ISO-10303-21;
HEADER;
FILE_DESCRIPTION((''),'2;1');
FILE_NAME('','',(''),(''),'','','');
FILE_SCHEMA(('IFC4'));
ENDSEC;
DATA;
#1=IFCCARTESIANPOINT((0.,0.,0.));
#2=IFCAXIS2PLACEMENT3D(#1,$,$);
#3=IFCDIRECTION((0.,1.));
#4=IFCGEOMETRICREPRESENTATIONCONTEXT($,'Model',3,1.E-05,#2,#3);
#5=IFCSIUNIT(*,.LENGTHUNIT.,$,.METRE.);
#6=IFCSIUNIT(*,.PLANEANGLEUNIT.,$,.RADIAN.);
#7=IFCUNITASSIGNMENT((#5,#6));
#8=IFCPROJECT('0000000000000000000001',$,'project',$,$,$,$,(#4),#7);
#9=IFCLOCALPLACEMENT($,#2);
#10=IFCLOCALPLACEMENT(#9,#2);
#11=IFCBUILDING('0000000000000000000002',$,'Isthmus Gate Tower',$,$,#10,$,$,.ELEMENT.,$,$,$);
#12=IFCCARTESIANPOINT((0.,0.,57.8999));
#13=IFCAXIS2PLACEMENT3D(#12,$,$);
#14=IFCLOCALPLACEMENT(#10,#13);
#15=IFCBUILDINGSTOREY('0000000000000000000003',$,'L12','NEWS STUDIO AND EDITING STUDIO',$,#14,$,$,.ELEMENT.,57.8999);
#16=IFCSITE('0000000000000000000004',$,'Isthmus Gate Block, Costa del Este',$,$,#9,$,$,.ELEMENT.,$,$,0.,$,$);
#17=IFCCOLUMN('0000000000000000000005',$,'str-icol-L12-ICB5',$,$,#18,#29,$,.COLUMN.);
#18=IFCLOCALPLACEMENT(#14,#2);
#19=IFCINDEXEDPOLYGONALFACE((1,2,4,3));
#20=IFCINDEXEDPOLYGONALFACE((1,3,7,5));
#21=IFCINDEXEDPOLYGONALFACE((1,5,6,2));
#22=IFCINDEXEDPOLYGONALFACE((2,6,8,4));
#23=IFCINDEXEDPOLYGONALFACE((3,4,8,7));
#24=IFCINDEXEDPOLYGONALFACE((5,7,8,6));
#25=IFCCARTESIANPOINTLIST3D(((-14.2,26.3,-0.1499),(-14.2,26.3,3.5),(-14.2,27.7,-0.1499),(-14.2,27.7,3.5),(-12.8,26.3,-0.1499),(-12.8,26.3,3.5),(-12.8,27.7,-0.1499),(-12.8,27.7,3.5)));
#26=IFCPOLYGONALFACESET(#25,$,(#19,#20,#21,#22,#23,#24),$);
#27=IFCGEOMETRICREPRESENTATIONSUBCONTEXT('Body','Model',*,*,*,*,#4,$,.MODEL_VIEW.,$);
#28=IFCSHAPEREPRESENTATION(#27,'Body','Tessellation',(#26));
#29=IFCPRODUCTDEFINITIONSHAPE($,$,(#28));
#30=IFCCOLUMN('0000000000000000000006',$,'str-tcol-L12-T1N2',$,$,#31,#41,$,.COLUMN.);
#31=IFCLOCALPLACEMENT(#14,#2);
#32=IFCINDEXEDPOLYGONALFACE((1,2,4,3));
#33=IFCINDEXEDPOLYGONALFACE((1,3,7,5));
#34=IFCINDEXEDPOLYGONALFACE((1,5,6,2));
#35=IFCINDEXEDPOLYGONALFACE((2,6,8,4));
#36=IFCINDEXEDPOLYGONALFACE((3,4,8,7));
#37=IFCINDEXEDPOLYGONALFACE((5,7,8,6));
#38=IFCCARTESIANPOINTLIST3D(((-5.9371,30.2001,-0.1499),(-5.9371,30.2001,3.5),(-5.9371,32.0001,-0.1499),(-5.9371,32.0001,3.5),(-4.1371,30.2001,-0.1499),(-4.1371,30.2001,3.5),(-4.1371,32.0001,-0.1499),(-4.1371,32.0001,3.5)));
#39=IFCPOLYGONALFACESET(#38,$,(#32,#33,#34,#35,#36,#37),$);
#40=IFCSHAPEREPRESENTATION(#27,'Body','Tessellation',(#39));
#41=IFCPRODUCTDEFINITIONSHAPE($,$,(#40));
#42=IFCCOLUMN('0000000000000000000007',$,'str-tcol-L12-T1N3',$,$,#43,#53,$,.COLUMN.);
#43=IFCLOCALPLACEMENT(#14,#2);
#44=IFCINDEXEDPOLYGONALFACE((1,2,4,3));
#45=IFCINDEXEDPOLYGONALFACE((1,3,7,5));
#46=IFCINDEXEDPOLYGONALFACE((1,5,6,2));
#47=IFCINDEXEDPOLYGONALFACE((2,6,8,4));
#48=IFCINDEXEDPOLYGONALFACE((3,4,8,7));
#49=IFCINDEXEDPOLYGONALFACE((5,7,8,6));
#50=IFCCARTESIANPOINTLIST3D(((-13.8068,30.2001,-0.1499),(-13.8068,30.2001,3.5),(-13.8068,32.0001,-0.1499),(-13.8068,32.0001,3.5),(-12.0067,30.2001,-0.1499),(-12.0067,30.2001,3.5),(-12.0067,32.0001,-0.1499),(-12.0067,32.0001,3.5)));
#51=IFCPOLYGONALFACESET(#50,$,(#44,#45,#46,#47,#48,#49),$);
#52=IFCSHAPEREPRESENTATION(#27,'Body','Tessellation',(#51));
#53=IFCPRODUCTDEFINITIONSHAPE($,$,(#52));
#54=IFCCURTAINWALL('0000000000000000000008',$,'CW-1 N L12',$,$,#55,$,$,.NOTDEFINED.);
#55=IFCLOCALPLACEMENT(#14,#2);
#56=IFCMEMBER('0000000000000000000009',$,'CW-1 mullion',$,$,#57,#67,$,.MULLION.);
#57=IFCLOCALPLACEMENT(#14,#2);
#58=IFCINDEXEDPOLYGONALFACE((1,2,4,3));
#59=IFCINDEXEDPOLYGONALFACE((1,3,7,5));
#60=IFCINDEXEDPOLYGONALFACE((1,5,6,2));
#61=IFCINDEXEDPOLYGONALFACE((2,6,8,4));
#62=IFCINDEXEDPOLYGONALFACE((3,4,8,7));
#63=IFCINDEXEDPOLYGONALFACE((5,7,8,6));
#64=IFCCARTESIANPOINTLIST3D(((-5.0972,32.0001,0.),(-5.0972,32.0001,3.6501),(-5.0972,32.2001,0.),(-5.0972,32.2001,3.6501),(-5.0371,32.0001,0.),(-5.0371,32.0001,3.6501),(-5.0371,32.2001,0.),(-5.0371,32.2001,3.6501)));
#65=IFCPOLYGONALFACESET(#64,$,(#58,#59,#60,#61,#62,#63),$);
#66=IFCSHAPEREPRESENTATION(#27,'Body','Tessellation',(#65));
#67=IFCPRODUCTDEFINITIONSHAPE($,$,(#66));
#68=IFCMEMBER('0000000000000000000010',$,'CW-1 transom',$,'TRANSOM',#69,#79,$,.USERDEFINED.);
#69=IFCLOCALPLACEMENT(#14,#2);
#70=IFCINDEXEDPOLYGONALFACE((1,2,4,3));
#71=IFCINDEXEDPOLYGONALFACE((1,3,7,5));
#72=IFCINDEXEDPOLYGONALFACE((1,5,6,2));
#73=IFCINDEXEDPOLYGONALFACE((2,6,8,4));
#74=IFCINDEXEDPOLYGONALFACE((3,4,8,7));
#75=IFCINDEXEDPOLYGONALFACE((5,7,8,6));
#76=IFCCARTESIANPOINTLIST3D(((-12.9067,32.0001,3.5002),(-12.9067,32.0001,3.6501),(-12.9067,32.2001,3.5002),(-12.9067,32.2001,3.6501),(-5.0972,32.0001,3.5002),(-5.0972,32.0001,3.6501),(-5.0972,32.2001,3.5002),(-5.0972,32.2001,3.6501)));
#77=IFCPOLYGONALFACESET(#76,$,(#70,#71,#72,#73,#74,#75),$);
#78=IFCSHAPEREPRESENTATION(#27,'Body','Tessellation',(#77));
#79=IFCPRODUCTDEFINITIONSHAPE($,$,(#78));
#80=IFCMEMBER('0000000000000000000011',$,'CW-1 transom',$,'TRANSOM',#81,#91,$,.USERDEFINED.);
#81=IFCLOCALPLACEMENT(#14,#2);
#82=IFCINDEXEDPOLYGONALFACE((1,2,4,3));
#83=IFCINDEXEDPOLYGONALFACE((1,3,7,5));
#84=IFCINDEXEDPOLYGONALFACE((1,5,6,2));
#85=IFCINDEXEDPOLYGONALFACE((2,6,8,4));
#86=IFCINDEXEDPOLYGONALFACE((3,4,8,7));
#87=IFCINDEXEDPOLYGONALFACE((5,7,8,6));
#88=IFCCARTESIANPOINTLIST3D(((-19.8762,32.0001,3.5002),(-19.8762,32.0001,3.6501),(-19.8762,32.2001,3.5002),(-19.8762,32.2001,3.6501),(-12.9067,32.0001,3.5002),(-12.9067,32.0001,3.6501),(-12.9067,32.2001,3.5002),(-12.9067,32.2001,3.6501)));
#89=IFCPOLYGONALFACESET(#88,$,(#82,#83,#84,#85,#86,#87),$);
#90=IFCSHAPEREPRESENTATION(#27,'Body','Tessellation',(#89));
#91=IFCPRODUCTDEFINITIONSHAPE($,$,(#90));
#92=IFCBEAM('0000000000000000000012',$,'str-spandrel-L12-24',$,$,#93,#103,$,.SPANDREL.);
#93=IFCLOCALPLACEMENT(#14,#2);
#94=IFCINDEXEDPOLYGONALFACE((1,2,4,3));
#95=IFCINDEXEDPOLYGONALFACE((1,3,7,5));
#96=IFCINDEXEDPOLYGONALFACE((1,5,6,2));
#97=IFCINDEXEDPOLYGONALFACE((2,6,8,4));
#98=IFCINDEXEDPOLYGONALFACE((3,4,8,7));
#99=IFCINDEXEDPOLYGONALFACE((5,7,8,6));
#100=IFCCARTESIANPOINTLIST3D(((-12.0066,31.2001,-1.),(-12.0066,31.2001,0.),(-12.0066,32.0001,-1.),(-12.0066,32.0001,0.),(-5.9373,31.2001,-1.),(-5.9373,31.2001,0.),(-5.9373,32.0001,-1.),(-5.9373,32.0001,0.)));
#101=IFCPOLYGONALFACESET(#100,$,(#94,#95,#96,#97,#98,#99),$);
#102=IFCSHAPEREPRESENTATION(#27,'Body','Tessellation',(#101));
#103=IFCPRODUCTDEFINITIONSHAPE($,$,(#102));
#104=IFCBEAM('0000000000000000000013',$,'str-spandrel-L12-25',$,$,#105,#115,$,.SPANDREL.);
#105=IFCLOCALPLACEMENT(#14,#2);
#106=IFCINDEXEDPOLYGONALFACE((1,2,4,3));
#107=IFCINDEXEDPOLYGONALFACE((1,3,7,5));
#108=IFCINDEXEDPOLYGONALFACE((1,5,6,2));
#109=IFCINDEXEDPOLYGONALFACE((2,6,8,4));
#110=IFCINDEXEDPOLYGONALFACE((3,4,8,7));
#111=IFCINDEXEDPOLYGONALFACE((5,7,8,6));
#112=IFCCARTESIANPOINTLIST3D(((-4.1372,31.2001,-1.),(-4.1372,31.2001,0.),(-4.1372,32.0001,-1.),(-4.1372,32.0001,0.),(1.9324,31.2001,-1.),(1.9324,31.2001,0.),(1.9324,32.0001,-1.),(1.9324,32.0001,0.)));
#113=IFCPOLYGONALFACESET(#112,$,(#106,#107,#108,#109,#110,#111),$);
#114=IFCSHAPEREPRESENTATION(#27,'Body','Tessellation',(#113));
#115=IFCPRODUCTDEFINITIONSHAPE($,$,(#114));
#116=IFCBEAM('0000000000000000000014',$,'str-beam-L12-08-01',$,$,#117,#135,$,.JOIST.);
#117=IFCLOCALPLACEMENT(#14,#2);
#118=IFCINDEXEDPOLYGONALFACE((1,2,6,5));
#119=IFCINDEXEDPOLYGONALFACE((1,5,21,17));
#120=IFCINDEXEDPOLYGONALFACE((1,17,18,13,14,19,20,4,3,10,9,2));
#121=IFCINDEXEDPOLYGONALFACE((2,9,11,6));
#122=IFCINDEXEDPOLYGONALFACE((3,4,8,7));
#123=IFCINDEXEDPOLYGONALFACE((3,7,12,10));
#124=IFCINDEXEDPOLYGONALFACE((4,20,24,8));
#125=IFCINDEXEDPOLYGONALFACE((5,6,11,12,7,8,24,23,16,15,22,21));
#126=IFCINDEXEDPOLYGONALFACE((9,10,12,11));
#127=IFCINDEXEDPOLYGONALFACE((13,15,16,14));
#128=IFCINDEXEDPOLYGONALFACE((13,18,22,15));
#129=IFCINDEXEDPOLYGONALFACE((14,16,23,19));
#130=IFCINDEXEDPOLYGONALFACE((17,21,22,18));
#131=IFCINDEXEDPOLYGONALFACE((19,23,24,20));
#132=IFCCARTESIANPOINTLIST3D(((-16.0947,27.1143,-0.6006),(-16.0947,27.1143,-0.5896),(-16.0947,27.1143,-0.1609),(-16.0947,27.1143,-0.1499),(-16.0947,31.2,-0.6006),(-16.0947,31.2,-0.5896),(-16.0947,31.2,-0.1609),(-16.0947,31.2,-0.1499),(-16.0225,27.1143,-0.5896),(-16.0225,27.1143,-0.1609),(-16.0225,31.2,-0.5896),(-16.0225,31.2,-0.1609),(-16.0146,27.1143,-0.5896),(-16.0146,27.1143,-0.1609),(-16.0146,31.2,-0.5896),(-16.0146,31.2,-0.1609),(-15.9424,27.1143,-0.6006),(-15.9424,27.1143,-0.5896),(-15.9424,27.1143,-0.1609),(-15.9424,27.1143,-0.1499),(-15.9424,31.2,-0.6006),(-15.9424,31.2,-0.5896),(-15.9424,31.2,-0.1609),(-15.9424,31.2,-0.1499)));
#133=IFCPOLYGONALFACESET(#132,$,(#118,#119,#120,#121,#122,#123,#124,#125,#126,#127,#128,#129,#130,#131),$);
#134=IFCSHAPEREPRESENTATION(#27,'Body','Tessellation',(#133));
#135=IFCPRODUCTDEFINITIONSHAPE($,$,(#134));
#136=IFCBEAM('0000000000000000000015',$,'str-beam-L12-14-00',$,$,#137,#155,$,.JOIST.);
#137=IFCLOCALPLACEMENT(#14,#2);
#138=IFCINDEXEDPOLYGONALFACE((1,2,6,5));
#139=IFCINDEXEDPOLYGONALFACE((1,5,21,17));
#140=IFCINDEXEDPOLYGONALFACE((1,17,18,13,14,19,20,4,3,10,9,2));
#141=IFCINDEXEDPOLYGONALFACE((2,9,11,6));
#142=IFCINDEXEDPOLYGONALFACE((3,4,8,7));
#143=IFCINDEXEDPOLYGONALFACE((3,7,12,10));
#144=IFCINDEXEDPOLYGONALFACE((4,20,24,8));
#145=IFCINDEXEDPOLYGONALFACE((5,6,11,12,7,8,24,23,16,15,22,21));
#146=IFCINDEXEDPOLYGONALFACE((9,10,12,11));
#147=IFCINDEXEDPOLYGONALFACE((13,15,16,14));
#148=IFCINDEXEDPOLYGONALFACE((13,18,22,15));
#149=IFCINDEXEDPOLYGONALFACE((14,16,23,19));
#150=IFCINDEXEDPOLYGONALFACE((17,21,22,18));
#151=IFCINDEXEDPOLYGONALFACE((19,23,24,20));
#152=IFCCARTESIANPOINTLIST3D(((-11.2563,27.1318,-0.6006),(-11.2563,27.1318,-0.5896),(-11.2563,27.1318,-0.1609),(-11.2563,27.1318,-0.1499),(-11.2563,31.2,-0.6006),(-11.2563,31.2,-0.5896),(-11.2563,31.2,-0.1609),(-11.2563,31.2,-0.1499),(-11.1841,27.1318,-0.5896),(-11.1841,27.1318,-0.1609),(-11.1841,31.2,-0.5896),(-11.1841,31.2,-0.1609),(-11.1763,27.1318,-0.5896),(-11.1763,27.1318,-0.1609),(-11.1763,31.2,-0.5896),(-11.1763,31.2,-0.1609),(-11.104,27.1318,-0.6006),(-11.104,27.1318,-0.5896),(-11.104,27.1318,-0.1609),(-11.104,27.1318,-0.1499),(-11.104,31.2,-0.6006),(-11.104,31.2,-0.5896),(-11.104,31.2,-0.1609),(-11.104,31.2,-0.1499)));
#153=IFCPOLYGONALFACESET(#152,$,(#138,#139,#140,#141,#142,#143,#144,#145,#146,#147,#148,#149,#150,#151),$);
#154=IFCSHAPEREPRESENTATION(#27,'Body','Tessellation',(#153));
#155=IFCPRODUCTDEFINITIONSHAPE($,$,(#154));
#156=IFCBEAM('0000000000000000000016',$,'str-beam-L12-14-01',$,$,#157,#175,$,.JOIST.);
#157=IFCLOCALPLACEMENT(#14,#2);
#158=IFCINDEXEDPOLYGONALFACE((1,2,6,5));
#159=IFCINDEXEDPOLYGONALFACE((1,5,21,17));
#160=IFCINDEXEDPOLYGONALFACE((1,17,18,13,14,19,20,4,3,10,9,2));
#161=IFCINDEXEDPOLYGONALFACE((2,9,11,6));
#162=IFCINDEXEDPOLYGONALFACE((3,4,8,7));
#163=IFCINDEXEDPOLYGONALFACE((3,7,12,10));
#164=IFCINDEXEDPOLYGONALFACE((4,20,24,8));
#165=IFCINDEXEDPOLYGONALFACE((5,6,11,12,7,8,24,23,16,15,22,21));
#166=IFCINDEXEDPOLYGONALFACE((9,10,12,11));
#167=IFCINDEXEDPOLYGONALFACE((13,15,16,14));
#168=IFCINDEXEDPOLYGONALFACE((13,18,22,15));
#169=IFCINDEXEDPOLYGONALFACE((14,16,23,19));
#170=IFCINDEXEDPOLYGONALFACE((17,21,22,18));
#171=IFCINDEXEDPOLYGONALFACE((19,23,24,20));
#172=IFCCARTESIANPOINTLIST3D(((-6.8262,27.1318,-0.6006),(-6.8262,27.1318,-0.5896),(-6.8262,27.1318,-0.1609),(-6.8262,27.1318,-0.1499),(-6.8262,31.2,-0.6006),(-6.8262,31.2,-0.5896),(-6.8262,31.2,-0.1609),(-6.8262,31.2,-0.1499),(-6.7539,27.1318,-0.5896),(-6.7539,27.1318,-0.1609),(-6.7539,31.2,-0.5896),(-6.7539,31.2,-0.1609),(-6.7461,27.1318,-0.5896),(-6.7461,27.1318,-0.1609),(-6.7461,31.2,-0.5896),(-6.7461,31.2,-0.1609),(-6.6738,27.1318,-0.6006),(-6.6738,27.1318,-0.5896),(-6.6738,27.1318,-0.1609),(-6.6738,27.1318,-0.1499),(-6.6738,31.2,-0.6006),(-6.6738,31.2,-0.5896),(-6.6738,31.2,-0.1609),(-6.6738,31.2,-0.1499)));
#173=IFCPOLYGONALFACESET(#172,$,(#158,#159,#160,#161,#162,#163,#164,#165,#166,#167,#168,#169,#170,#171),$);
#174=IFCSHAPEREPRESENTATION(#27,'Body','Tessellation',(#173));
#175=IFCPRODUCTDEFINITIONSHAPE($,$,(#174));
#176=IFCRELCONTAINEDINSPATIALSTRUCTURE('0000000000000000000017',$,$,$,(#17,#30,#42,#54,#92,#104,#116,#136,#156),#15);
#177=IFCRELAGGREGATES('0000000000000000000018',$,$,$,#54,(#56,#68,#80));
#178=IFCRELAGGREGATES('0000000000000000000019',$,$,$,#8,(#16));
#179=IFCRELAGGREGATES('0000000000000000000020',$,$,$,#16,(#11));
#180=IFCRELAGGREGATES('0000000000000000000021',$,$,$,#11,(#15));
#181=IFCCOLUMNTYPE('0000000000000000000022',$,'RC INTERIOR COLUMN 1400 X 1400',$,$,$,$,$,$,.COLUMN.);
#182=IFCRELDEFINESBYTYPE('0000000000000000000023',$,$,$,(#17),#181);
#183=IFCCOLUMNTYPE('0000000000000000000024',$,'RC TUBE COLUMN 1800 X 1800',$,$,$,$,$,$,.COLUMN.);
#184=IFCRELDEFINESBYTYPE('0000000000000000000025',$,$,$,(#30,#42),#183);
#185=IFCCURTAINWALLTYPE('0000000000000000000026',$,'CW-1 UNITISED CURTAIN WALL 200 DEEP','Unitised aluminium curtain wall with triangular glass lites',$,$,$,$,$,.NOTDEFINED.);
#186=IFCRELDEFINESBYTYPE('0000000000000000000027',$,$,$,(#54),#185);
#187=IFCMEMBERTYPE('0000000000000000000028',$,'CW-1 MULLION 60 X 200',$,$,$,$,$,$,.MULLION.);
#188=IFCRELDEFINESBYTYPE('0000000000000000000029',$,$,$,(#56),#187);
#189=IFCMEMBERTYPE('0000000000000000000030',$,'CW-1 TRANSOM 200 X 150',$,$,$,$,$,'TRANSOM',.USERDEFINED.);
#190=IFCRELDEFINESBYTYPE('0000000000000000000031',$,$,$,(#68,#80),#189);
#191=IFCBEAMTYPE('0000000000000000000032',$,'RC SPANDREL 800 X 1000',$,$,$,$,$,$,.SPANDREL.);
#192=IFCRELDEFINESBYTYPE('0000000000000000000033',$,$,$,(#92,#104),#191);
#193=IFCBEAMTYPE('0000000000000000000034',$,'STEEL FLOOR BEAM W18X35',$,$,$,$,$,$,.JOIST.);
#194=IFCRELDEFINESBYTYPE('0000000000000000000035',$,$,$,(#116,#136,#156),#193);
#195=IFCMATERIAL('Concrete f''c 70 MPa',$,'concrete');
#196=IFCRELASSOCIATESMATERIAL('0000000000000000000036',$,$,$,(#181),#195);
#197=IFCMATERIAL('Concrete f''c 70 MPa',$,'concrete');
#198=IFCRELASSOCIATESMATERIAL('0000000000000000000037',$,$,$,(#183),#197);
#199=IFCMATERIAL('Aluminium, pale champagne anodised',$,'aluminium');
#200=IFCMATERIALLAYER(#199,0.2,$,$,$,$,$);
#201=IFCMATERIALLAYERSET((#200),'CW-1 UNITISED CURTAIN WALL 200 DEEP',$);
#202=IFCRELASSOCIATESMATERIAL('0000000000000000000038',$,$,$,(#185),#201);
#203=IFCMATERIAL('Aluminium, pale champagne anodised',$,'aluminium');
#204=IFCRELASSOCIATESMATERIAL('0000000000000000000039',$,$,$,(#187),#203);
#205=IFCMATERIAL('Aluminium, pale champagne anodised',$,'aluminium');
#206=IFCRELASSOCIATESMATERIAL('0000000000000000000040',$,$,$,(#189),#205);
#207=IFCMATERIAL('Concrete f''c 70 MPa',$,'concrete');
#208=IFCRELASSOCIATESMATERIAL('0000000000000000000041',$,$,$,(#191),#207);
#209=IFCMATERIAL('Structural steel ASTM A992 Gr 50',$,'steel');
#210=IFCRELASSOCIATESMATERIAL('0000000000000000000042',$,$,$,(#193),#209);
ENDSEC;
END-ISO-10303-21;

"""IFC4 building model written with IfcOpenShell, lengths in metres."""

from ifc_helpers import new_model, si_unit, direction, frame, origin, origin_2d, place, context, subcontext, project, spatial, rectangle, i_section, extrude, material, layer, layer_set, material_profile, profile_set, type_object, element, aggregate, save


model = new_model("IFC4")

# Units and contexts
model_context = context("Model", 3, precision=1e-05, world=origin(), true_north=direction((0.0, 1.0)))
body_context = subcontext(model_context, "Body", "Model", "MODEL_VIEW")
ifc_project = project(units=[si_unit("LENGTHUNIT", "METRE"), si_unit("PLANEANGLEUNIT", "RADIAN")], contexts=[model_context])

# Site, building, storey
site_placement = place(None, origin())
site = spatial("IfcSite", under=ifc_project, at=site_placement, Name="Isthmus Gate Block, Costa del Este", CompositionType="ELEMENT", RefElevation=0.0)
building_placement = place(site_placement, origin())
building = spatial("IfcBuilding", under=site, at=building_placement, Name="Isthmus Gate Tower", CompositionType="ELEMENT")
storey_placement = place(building_placement, frame((0.0, 0.0, 57.8999)))
storey = spatial("IfcBuildingStorey", under=building, at=storey_placement, Name="L12", Description="NEWS STUDIO AND EDITING STUDIO", CompositionType="ELEMENT", Elevation=57.8999)

# Columns
ifc_material_1 = material(Name="Concrete f'c 70 MPa", Category="concrete")
ifc_material_profile_1 = material_profile(ifc_material_1, rectangle(XDim=1.3999, YDim=1.3999, at=origin_2d()), Name="RC 1400X1400")
ifc_profile_set_1 = profile_set([ifc_material_profile_1], Name="Concrete f'c 70 MPa")
column_type_1 = type_object("IfcColumnType", Name="RC INTERIOR COLUMN 1400 X 1400", PredefinedType="COLUMN", material=ifc_profile_set_1)
column_placement = place(storey_placement, frame((-13.5, 27.0, -0.1499), z_axis=(0.0, 0.0, 1.0), x_axis=(1.0, 0.0, 0.0)))
element("IfcColumn", 1, at=column_placement, inside=storey, type_object=column_type_1, Name="str-icol-L12-ICB5", PredefinedType="COLUMN", context=body_context, shape_type="SweptSolid", body=[
    extrude(rectangle(XDim=1.3999, YDim=1.3999, at=origin_2d()), origin(), (0.0, 0.0, 1.0), 3.6499),
])
ifc_material_2 = material(Name="Concrete f'c 70 MPa", Category="concrete")
ifc_material_profile_2 = material_profile(ifc_material_2, rectangle(XDim=1.8, YDim=1.8, at=origin_2d()), Name="RC 1800X1800")
ifc_profile_set_2 = profile_set([ifc_material_profile_2], Name="Concrete f'c 70 MPa")
column_type_2 = type_object("IfcColumnType", Name="RC TUBE COLUMN 1800 X 1800", PredefinedType="COLUMN", material=ifc_profile_set_2)
for number, where, z_axis, x_axis, name in (
    (2, (-5.0371, 31.1001, -0.1499), (0.0, 0.0, 1.0), (-1.0, 0.0, 0.0), "str-tcol-L12-T1N2"),
    (3, (-12.9067, 31.1001, -0.1499), (0.0, 0.0, 1.0), (-1.0, 0.0, 0.0), "str-tcol-L12-T1N3"),
):
    element("IfcColumn", number, at=place(storey_placement, frame(where, z_axis=z_axis, x_axis=x_axis)), inside=storey, type_object=column_type_2, Name=name, PredefinedType="COLUMN", context=body_context, shape_type="SweptSolid", body=[
        extrude(rectangle(XDim=1.8, YDim=1.8, at=origin_2d()), origin(), (0.0, 0.0, 1.0), 3.6499),
    ])

# Curtain wall, members
ifc_material_3 = material(Name="Aluminium, pale champagne anodised", Category="aluminium")
ifc_layer_1 = layer(ifc_material_3, 0.2)
ifc_layer_set_1 = layer_set([ifc_layer_1], Name="CW-1 UNITISED CURTAIN WALL 200 DEEP")
curtain_wall_type = type_object("IfcCurtainWallType", Name="CW-1 UNITISED CURTAIN WALL 200 DEEP", Description="Unitised aluminium curtain wall with triangular glass lites", PredefinedType="NOTDEFINED", material=ifc_layer_set_1)
curtain_wall_placement = place(storey_placement, origin())
curtain_wall = element("IfcCurtainWall", 4, at=curtain_wall_placement, inside=storey, type_object=curtain_wall_type, Name="CW-1 N L12", PredefinedType="NOTDEFINED")
ifc_material_4 = material(Name="Aluminium, pale champagne anodised", Category="aluminium")
ifc_material_profile_3 = material_profile(ifc_material_4, rectangle(XDim=0.0601, YDim=0.2, at=origin_2d()), Name="60x200")
ifc_profile_set_3 = profile_set([ifc_material_profile_3], Name="Aluminium, pale champagne anodised")
member_type_1 = type_object("IfcMemberType", Name="CW-1 MULLION 60 X 200", PredefinedType="MULLION", material=ifc_profile_set_3)
member_1_placement = place(storey_placement, frame((-5.0671, 32.1001, 0.0), z_axis=(0.0, 0.0, 1.0), x_axis=(-1.0, 0.0, 0.0)))
member_1 = element("IfcMember", 5, at=member_1_placement, type_object=member_type_1, Name="CW-1 mullion", PredefinedType="MULLION", context=body_context, shape_type="SweptSolid", body=[
    extrude(rectangle(XDim=0.0601, YDim=0.2, at=origin_2d()), origin(), (0.0, 0.0, 1.0), 3.6501),
])
ifc_material_5 = material(Name="Aluminium, pale champagne anodised", Category="aluminium")
ifc_material_profile_4 = material_profile(ifc_material_5, rectangle(XDim=0.2, YDim=0.1499, at=origin_2d()), Name="200x150")
ifc_profile_set_4 = profile_set([ifc_material_profile_4], Name="Aluminium, pale champagne anodised")
member_type_2 = type_object("IfcMemberType", Name="CW-1 TRANSOM 200 X 150", ElementType="TRANSOM", PredefinedType="USERDEFINED", material=ifc_profile_set_4)
member_2_placement = place(storey_placement, frame((-5.0972, 32.1001, 3.5752), z_axis=(-1.0, 0.0, 0.0), x_axis=(0.0, -1.0, 0.0)))
member_2 = element("IfcMember", 6, at=member_2_placement, type_object=member_type_2, Name="CW-1 transom", ObjectType="TRANSOM", PredefinedType="USERDEFINED", context=body_context, shape_type="SweptSolid", body=[
    extrude(rectangle(XDim=0.2, YDim=0.1499, at=origin_2d()), origin(), (0.0, 0.0, 1.0), 7.8096),
])
member_3_placement = place(storey_placement, frame((-12.9067, 32.1001, 3.5752), z_axis=(-1.0, 0.0, 0.0), x_axis=(0.0, -1.0, 0.0)))
member_3 = element("IfcMember", 7, at=member_3_placement, type_object=member_type_2, Name="CW-1 transom", ObjectType="TRANSOM", PredefinedType="USERDEFINED", context=body_context, shape_type="SweptSolid", body=[
    extrude(rectangle(XDim=0.2, YDim=0.1499, at=origin_2d()), origin(), (0.0, 0.0, 1.0), 6.9695),
])

# Beams
ifc_material_6 = material(Name="Concrete f'c 70 MPa", Category="concrete")
ifc_material_profile_5 = material_profile(ifc_material_6, rectangle(XDim=0.8, YDim=1.0, at=origin_2d()), Name="RC 800X1000")
ifc_profile_set_5 = profile_set([ifc_material_profile_5], Name="Concrete f'c 70 MPa")
beam_type_1 = type_object("IfcBeamType", Name="RC SPANDREL 800 X 1000", PredefinedType="SPANDREL", material=ifc_profile_set_5)
beam_1_placement = place(storey_placement, frame((-12.0066, 31.6001, -0.5), z_axis=(1.0, 0.0, 0.0), x_axis=(0.0, 1.0, 0.0)))
element("IfcBeam", 8, at=beam_1_placement, inside=storey, type_object=beam_type_1, Name="str-spandrel-L12-24", PredefinedType="SPANDREL", context=body_context, shape_type="SweptSolid", body=[
    extrude(rectangle(XDim=0.8, YDim=1.0, at=origin_2d()), origin(), (0.0, 0.0, 1.0), 6.0693),
])
beam_2_placement = place(storey_placement, frame((-4.1372, 31.6001, -0.5), z_axis=(1.0, 0.0, 0.0), x_axis=(0.0, 1.0, 0.0)))
element("IfcBeam", 9, at=beam_2_placement, inside=storey, type_object=beam_type_1, Name="str-spandrel-L12-25", PredefinedType="SPANDREL", context=body_context, shape_type="SweptSolid", body=[
    extrude(rectangle(XDim=0.8, YDim=1.0, at=origin_2d()), origin(), (0.0, 0.0, 1.0), 6.0696),
])
ifc_material_7 = material(Name="Structural steel ASTM A992 Gr 50", Category="steel")
ifc_material_profile_6 = material_profile(ifc_material_7, i_section(OverallWidth=0.1523, OverallDepth=0.4507, WebThickness=0.0078, FlangeThickness=0.011, at=origin_2d()), Name="W18X35")
ifc_profile_set_6 = profile_set([ifc_material_profile_6], Name="Structural steel ASTM A992 Gr 50")
beam_type_2 = type_object("IfcBeamType", Name="STEEL FLOOR BEAM W18X35", PredefinedType="JOIST", material=ifc_profile_set_6)
beam_3_placement = place(storey_placement, frame((-16.0186, 27.1143, -0.3752), z_axis=(0.0, 1.0, 0.0), x_axis=(-1.0, 0.0, 0.0)))
element("IfcBeam", 10, at=beam_3_placement, inside=storey, type_object=beam_type_2, Name="str-beam-L12-08-01", PredefinedType="JOIST", context=body_context, shape_type="SweptSolid", body=[
    extrude(i_section(OverallWidth=0.1523, OverallDepth=0.4507, WebThickness=0.0078, FlangeThickness=0.011, at=origin_2d()), origin(), (0.0, 0.0, 1.0), 4.0857),
])
for number, where, z_axis, x_axis, name in (
    (11, (-11.1802, 27.1318, -0.3752), (0.0, 1.0, 0.0), (-1.0, 0.0, 0.0), "str-beam-L12-14-00"),
    (12, (-6.75, 27.1318, -0.3752), (0.0, 1.0, 0.0), (-1.0, 0.0, 0.0), "str-beam-L12-14-01"),
):
    element("IfcBeam", number, at=place(storey_placement, frame(where, z_axis=z_axis, x_axis=x_axis)), inside=storey, type_object=beam_type_2, Name=name, PredefinedType="JOIST", context=body_context, shape_type="SweptSolid", body=[
        extrude(i_section(OverallWidth=0.1523, OverallDepth=0.4507, WebThickness=0.0078, FlangeThickness=0.011, at=origin_2d()), origin(), (0.0, 0.0, 1.0), 4.0681),
    ])

aggregate(curtain_wall, [member_1, member_2, member_3])

save(model, "model.ifc")
